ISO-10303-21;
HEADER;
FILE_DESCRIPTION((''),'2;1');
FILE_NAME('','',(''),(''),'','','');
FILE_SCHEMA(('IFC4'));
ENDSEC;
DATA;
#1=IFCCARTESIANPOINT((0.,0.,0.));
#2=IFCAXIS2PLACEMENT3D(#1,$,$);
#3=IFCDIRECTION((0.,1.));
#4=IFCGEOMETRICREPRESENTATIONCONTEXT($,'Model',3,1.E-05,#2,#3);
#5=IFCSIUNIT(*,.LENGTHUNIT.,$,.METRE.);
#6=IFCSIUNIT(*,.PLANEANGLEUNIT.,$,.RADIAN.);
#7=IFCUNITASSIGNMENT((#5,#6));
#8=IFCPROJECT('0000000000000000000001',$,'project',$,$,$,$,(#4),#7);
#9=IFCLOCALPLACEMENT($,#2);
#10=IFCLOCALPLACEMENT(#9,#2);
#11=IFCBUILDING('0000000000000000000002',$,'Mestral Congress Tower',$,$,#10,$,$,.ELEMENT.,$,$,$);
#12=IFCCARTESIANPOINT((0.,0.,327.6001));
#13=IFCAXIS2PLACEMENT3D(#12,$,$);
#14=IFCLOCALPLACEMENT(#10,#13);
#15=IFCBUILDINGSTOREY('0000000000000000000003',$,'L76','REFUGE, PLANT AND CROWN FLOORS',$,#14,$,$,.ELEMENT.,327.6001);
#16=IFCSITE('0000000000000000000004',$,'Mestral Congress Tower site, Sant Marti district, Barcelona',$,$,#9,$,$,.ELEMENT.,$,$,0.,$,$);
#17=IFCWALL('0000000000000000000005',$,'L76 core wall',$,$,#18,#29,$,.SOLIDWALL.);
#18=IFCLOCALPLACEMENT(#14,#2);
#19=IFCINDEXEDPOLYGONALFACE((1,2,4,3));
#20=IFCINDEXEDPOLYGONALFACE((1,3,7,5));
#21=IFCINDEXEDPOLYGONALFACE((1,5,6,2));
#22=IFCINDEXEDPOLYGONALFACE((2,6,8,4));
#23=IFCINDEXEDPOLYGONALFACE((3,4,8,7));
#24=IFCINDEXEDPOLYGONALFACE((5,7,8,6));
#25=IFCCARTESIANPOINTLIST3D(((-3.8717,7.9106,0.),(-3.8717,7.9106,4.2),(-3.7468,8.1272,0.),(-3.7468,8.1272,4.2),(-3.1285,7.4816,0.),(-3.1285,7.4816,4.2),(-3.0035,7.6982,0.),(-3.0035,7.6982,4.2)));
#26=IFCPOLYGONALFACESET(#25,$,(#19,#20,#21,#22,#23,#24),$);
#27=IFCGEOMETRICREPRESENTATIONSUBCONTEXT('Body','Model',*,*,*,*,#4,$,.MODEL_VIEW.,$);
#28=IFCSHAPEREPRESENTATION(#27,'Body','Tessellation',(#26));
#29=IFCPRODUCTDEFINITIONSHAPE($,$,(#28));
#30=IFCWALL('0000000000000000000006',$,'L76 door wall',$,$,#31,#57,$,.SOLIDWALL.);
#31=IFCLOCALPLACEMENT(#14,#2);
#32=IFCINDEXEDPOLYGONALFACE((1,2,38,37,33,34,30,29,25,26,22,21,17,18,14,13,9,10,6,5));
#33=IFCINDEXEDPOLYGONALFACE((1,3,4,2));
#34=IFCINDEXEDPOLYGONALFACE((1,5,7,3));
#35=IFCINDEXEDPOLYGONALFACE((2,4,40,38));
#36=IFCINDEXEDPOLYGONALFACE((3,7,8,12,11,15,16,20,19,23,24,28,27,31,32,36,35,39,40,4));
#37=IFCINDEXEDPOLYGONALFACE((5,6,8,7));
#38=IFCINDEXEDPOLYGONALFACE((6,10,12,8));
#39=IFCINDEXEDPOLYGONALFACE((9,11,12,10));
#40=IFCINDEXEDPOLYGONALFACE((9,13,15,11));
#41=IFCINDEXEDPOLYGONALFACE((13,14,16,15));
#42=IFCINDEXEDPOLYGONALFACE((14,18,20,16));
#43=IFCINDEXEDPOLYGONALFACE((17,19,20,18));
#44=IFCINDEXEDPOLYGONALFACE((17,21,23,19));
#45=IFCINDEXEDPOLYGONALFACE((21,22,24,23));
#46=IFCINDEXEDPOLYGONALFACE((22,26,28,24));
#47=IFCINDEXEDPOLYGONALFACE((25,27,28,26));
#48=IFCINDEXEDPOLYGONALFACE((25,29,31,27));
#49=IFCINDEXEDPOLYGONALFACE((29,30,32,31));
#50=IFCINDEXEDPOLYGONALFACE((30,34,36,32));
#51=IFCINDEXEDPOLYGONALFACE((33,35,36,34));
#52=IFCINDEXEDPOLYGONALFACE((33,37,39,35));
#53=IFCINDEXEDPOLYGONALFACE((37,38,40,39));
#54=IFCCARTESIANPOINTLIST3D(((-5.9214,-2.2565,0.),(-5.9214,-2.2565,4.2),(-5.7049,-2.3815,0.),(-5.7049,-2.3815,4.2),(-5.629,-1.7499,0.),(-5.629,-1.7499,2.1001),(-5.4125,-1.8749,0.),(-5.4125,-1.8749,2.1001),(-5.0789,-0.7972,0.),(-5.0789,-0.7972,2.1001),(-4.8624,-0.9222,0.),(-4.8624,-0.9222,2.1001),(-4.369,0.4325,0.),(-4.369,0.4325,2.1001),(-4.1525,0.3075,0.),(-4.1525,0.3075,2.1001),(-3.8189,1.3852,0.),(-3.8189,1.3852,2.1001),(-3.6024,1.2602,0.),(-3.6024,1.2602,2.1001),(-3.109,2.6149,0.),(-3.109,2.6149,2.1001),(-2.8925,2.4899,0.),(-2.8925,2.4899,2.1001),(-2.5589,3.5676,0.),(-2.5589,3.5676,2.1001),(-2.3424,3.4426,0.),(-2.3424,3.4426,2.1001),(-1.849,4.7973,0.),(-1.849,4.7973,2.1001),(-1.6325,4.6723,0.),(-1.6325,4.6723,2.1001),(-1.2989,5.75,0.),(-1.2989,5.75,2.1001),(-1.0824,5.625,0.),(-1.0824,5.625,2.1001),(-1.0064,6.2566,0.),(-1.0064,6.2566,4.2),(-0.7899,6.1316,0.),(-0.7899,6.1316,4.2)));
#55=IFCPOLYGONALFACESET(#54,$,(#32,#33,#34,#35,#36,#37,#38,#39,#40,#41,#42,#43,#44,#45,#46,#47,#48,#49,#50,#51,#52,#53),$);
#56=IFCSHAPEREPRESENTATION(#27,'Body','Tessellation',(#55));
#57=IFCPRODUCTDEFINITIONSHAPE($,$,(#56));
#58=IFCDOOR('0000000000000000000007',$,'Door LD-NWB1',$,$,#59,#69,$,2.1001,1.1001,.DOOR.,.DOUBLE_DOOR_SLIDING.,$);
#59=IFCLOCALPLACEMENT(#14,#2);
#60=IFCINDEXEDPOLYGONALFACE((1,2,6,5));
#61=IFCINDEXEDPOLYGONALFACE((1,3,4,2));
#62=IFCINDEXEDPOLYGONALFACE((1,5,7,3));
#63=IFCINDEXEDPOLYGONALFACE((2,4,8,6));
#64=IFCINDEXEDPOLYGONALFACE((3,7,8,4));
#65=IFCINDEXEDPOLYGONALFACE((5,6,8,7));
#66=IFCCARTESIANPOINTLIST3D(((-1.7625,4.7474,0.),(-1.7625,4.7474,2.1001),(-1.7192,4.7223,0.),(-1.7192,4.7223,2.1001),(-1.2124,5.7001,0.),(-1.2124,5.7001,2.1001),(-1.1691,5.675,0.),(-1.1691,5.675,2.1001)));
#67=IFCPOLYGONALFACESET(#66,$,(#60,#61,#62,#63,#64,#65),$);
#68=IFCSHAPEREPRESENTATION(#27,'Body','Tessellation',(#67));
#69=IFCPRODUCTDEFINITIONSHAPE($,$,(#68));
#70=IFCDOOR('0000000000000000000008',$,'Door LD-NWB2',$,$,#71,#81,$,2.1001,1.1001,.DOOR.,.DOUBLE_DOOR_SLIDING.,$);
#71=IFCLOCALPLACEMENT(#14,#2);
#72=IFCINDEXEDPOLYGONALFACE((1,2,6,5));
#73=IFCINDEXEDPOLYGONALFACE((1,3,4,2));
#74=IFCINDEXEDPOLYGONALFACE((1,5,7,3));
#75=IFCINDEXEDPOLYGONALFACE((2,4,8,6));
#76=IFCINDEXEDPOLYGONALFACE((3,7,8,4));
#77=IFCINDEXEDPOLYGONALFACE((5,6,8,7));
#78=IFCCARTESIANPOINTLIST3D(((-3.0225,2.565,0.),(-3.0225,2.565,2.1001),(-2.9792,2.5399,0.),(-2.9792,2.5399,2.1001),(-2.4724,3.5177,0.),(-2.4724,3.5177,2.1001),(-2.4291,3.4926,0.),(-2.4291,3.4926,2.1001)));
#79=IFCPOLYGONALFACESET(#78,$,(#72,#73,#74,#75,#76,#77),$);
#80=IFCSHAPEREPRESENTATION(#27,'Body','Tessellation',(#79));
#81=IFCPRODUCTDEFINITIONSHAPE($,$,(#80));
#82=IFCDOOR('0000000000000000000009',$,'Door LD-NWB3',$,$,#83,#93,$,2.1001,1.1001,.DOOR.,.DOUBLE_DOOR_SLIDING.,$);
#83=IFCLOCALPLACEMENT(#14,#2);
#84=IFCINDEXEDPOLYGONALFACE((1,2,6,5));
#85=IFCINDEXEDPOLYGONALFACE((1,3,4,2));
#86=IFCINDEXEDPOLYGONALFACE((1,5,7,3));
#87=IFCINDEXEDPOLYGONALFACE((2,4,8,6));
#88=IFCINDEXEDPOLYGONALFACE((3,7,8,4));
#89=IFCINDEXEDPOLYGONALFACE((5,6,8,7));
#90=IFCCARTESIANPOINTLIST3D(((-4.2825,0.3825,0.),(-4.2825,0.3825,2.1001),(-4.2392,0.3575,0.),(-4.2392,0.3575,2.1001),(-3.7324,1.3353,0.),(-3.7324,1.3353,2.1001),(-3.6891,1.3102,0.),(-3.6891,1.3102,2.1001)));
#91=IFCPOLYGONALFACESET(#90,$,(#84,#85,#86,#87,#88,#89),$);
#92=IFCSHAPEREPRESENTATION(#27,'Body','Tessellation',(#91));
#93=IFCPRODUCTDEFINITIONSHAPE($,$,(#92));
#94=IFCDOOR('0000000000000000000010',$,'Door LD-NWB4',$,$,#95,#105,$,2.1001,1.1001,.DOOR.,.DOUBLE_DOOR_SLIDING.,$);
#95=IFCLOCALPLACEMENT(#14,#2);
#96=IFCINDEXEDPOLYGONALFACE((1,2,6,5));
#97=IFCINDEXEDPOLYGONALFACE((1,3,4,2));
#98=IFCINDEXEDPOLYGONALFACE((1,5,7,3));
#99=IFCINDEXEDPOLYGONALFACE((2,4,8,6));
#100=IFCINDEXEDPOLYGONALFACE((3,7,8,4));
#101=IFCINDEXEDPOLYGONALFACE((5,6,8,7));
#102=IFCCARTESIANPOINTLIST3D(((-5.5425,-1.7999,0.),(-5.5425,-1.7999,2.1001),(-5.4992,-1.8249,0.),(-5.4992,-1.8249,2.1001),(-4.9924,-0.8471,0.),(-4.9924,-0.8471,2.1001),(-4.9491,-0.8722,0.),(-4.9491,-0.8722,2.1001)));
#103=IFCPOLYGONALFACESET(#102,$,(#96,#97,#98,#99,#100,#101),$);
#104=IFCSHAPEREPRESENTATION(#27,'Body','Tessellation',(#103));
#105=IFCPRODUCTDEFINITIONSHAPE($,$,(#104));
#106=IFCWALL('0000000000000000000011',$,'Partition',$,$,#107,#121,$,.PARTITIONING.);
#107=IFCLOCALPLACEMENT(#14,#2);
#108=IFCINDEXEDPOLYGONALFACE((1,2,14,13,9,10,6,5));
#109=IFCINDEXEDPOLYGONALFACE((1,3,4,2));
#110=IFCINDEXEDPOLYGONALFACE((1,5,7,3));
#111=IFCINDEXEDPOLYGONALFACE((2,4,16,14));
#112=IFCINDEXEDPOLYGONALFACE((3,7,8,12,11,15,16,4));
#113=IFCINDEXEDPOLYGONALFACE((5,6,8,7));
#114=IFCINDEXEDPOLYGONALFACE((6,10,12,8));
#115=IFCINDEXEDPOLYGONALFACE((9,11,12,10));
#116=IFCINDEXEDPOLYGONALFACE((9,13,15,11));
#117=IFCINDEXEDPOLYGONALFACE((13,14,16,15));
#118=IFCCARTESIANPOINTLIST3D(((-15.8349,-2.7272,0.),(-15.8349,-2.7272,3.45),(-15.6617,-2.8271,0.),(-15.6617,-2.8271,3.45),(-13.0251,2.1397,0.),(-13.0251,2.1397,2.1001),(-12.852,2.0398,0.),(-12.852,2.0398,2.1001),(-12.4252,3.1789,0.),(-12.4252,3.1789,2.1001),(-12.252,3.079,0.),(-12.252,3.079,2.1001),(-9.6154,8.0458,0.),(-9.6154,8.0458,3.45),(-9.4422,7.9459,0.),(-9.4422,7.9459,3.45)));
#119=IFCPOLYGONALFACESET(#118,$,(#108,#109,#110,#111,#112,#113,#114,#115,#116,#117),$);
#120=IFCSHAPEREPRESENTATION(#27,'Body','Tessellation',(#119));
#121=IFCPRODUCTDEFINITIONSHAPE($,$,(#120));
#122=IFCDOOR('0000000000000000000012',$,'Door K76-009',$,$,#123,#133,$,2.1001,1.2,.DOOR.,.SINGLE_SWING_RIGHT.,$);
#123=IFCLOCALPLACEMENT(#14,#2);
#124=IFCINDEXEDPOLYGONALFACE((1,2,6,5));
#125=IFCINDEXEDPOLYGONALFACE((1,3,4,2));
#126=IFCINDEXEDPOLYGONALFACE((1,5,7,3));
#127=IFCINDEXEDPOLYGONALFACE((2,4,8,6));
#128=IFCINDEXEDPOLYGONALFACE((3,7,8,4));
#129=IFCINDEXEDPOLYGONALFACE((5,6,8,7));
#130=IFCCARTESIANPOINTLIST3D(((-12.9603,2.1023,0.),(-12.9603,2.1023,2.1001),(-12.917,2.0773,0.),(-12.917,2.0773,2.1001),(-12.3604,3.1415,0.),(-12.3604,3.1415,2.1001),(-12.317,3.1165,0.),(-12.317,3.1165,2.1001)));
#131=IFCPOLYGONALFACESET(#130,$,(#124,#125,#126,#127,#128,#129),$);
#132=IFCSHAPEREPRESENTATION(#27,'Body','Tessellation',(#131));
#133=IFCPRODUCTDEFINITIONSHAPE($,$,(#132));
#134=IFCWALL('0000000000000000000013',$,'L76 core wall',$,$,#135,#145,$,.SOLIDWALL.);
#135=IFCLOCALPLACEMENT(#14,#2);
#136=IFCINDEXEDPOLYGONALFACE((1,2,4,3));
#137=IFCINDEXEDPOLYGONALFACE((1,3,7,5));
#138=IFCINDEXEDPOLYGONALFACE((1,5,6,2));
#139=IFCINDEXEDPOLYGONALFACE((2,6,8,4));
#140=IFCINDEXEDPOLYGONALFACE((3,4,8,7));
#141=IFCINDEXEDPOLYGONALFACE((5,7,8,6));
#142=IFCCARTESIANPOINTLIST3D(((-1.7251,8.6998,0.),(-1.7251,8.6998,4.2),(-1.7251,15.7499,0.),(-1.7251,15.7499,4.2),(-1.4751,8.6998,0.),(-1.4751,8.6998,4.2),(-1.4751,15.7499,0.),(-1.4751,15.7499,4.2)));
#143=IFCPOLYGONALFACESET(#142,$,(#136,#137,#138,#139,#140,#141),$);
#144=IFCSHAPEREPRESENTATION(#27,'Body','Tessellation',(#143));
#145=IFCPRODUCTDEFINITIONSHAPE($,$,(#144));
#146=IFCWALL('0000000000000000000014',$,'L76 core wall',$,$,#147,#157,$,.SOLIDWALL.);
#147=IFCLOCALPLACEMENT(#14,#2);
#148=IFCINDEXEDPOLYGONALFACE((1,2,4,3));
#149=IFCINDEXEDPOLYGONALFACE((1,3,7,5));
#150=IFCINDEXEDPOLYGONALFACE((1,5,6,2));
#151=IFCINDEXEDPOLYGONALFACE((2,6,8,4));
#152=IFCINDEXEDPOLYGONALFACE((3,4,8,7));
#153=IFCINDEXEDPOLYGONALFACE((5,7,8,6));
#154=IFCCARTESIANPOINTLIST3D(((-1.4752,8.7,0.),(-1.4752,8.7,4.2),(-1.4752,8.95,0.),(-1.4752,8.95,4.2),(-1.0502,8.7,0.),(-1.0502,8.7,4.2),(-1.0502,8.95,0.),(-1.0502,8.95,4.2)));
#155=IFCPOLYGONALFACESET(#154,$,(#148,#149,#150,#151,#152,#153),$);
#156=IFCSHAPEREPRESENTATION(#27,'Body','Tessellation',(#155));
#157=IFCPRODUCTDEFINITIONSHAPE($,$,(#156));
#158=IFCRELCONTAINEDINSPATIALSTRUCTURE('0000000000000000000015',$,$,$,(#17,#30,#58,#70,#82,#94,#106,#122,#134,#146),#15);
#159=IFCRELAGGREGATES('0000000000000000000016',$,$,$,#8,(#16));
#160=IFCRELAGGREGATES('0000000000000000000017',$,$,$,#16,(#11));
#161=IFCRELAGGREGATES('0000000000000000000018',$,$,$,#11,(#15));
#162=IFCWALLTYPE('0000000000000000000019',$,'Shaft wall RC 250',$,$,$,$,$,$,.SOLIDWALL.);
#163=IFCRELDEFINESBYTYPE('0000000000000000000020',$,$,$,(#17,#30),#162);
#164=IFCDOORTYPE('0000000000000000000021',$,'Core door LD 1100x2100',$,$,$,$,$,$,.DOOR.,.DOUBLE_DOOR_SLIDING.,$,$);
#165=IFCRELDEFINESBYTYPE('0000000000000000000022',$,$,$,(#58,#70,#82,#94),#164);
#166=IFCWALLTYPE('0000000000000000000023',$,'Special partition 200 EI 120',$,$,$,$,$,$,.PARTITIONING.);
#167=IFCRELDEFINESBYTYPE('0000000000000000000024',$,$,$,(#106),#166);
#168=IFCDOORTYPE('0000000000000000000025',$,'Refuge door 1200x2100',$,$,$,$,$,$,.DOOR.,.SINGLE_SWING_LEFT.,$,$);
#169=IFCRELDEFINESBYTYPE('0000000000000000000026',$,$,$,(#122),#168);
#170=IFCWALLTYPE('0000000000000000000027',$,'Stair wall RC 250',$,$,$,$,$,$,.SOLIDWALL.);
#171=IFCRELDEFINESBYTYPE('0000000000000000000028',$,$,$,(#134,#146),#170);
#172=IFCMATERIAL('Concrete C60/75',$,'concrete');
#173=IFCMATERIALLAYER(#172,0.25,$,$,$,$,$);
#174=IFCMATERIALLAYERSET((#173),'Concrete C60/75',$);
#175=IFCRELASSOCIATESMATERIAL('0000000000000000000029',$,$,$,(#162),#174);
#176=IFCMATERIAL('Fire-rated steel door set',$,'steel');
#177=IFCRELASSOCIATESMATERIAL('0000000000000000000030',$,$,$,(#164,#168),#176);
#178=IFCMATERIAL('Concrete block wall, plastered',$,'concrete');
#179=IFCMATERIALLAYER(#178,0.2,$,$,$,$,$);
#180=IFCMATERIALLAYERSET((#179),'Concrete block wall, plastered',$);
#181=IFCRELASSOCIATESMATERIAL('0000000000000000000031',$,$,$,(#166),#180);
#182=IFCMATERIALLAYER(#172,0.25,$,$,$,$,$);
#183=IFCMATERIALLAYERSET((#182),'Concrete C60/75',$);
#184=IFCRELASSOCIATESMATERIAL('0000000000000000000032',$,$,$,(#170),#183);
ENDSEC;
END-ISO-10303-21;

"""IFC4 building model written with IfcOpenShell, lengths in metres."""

from ifc_helpers import new_model, si_unit, direction, frame, frame_2d, origin, place, context, subcontext, project, spatial, rectangle, extrude, material, layer, layer_set, type_object, element, fill, save


model = new_model("IFC4")

# Units and contexts
model_context = context("Model", 3, precision=1e-05, world=origin(), true_north=direction((0.0, 1.0)))
body_context = subcontext(model_context, "Body", "Model", "MODEL_VIEW")
ifc_project = project(units=[si_unit("LENGTHUNIT", "METRE"), si_unit("PLANEANGLEUNIT", "RADIAN")], contexts=[model_context])

# Site, building, storey
site_placement = place(None, origin())
site = spatial("IfcSite", under=ifc_project, at=site_placement, Name="Mestral Congress Tower site, Sant Marti district, Barcelona", CompositionType="ELEMENT", RefElevation=0.0)
building_placement = place(site_placement, origin())
building = spatial("IfcBuilding", under=site, at=building_placement, Name="Mestral Congress Tower", CompositionType="ELEMENT")
storey_placement = place(building_placement, frame((0.0, 0.0, 327.6001)))
storey = spatial("IfcBuildingStorey", under=building, at=storey_placement, Name="L76", Description="REFUGE, PLANT AND CROWN FLOORS", CompositionType="ELEMENT", Elevation=327.6001)

# Shared definitions
ifc_material_1 = material(Name="Concrete C60/75", Category="concrete")

# Shared definitions
ifc_material_2 = material(Name="Fire-rated steel door set", Category="steel")

# Wall
ifc_layer_1 = layer(ifc_material_1, 0.25)
ifc_layer_set_1 = layer_set([ifc_layer_1], Name="Concrete C60/75")
wall_type_1 = type_object("IfcWallType", Name="Shaft wall RC 250", PredefinedType="SOLIDWALL", material=ifc_layer_set_1)
wall_1_placement = place(storey_placement, frame((-3.0659, 7.5898, 0.0), z_axis=(0.0, 0.0, 1.0), x_axis=(-0.866081, 0.499903, 0.0)))
element("IfcWall", 1, at=wall_1_placement, inside=storey, type_object=wall_type_1, Name="L76 core wall", PredefinedType="SOLIDWALL", context=body_context, shape_type="SweptSolid", body=[
    extrude(rectangle(XDim=0.8582, YDim=0.25, at=frame_2d((0.4292, 0.0))), origin(), (0.0, 0.0, 1.0), 4.2),
])

# Wall, openings, doors
wall_2_placement = place(storey_placement, frame((-0.8982, 6.1941, 0.0), z_axis=(0.0, 0.0, 1.0), x_axis=(-0.499996, -0.866028, 0.0)))
wall_2 = element("IfcWall", 2, at=wall_2_placement, inside=storey, type_object=wall_type_1, Name="L76 door wall", PredefinedType="SOLIDWALL", context=body_context, shape_type="SweptSolid", body=[
    extrude(rectangle(XDim=9.8301, YDim=0.25, at=frame_2d((4.915, 0.0))), origin(), (0.0, 0.0, 1.0), 4.2),
])
opening_1_placement = place(wall_2_placement, frame((0.585, 0.0, 0.0)))
opening_1 = element("IfcOpeningElement", 3, at=opening_1_placement, cuts=wall_2, PredefinedType="OPENING", context=body_context, shape_type="SweptSolid", body=[
    extrude(rectangle(XDim=1.1001, YDim=2.1001, at=frame_2d((0.55, 1.05))), frame((0.0, 0.135, 0.0), z_axis=(0.0, -1.0, 0.0), x_axis=(1.0, 0.0, 0.0)), (0.0, 0.0, 1.0), 0.27),
])
opening_2_placement = place(wall_2_placement, frame((3.105, 0.0, 0.0)))
opening_2 = element("IfcOpeningElement", 4, at=opening_2_placement, cuts=wall_2, PredefinedType="OPENING", context=body_context, shape_type="SweptSolid", body=[
    extrude(rectangle(XDim=1.1001, YDim=2.1001, at=frame_2d((0.55, 1.05))), frame((0.0, 0.135, 0.0), z_axis=(0.0, -1.0, 0.0), x_axis=(1.0, 0.0, 0.0)), (0.0, 0.0, 1.0), 0.27),
])
opening_3_placement = place(wall_2_placement, frame((5.625, 0.0, 0.0)))
opening_3 = element("IfcOpeningElement", 5, at=opening_3_placement, cuts=wall_2, PredefinedType="OPENING", context=body_context, shape_type="SweptSolid", body=[
    extrude(rectangle(XDim=1.1001, YDim=2.1001, at=frame_2d((0.55, 1.05))), frame((0.0, 0.135, 0.0), z_axis=(0.0, -1.0, 0.0), x_axis=(1.0, 0.0, 0.0)), (0.0, 0.0, 1.0), 0.27),
])
opening_4_placement = place(wall_2_placement, frame((8.145, 0.0, 0.0)))
opening_4 = element("IfcOpeningElement", 6, at=opening_4_placement, cuts=wall_2, PredefinedType="OPENING", context=body_context, shape_type="SweptSolid", body=[
    extrude(rectangle(XDim=1.1001, YDim=2.1001, at=frame_2d((0.55, 1.05))), frame((0.0, 0.135, 0.0), z_axis=(0.0, -1.0, 0.0), x_axis=(1.0, 0.0, 0.0)), (0.0, 0.0, 1.0), 0.27),
])
door_type_1 = type_object("IfcDoorType", Name="Core door LD 1100x2100", OperationType="DOUBLE_DOOR_SLIDING", PredefinedType="DOOR", material=ifc_material_2)
door_1_placement = place(opening_1_placement, origin())
door_1 = element("IfcDoor", 7, at=door_1_placement, inside=storey, type_object=door_type_1, Name="Door LD-NWB1", OperationType="DOUBLE_DOOR_SLIDING", OverallHeight=2.1001, OverallWidth=1.1001, PredefinedType="DOOR", context=body_context, shape_type="SweptSolid", body=[
    extrude(rectangle(XDim=1.1001, YDim=2.1001, at=frame_2d((0.55, 1.05))), frame((0.0, 0.0249, 0.0), z_axis=(0.0, -1.0, 0.0), x_axis=(1.0, 0.0, 0.0)), (0.0, 0.0, 1.0), 0.05),
])
fill(opening_1, door_1)
door_2_placement = place(opening_2_placement, origin())
door_2 = element("IfcDoor", 8, at=door_2_placement, inside=storey, type_object=door_type_1, Name="Door LD-NWB2", OperationType="DOUBLE_DOOR_SLIDING", OverallHeight=2.1001, OverallWidth=1.1001, PredefinedType="DOOR", context=body_context, shape_type="SweptSolid", body=[
    extrude(rectangle(XDim=1.1001, YDim=2.1001, at=frame_2d((0.55, 1.05))), frame((0.0, 0.0249, 0.0), z_axis=(0.0, -1.0, 0.0), x_axis=(1.0, 0.0, 0.0)), (0.0, 0.0, 1.0), 0.05),
])
fill(opening_2, door_2)
door_3_placement = place(opening_3_placement, origin())
door_3 = element("IfcDoor", 9, at=door_3_placement, inside=storey, type_object=door_type_1, Name="Door LD-NWB3", OperationType="DOUBLE_DOOR_SLIDING", OverallHeight=2.1001, OverallWidth=1.1001, PredefinedType="DOOR", context=body_context, shape_type="SweptSolid", body=[
    extrude(rectangle(XDim=1.1001, YDim=2.1001, at=frame_2d((0.55, 1.05))), frame((0.0, 0.0249, 0.0), z_axis=(0.0, -1.0, 0.0), x_axis=(1.0, 0.0, 0.0)), (0.0, 0.0, 1.0), 0.05),
])
fill(opening_3, door_3)
door_4_placement = place(opening_4_placement, origin())
door_4 = element("IfcDoor", 10, at=door_4_placement, inside=storey, type_object=door_type_1, Name="Door LD-NWB4", OperationType="DOUBLE_DOOR_SLIDING", OverallHeight=2.1001, OverallWidth=1.1001, PredefinedType="DOOR", context=body_context, shape_type="SweptSolid", body=[
    extrude(rectangle(XDim=1.1001, YDim=2.1001, at=frame_2d((0.55, 1.05))), frame((0.0, 0.0249, 0.0), z_axis=(0.0, -1.0, 0.0), x_axis=(1.0, 0.0, 0.0)), (0.0, 0.0, 1.0), 0.05),
])
fill(opening_4, door_4)

# Wall, opening, door
ifc_material_3 = material(Name="Concrete block wall, plastered", Category="concrete")
ifc_layer_2 = layer(ifc_material_3, 0.2)
ifc_layer_set_2 = layer_set([ifc_layer_2], Name="Concrete block wall, plastered")
wall_type_2 = type_object("IfcWallType", Name="Special partition 200 EI 120", PredefinedType="PARTITIONING", material=ifc_layer_set_2)
wall_3_placement = place(storey_placement, frame((-9.5288, 7.9958, 0.0), z_axis=(0.0, 0.0, 1.0), x_axis=(-0.499983, -0.866035, 0.0)))
wall_3 = element("IfcWall", 11, at=wall_3_placement, inside=storey, type_object=wall_type_2, Name="Partition", PredefinedType="PARTITIONING", context=body_context, shape_type="SweptSolid", body=[
    extrude(rectangle(XDim=12.4395, YDim=0.2, at=frame_2d((6.2197, 0.0))), origin(), (0.0, 0.0, 1.0), 3.45),
])
opening_5_placement = place(wall_3_placement, frame((5.6196, 0.0, 0.0)))
opening_5 = element("IfcOpeningElement", 12, at=opening_5_placement, cuts=wall_3, PredefinedType="OPENING", context=body_context, shape_type="SweptSolid", body=[
    extrude(rectangle(XDim=1.2, YDim=2.1001, at=frame_2d((0.6001, 1.05))), frame((0.0, 0.1099, 0.0), z_axis=(0.0, -1.0, 0.0), x_axis=(1.0, 0.0, 0.0)), (0.0, 0.0, 1.0), 0.22),
])
door_type_2 = type_object("IfcDoorType", Name="Refuge door 1200x2100", OperationType="SINGLE_SWING_LEFT", PredefinedType="DOOR", material=ifc_material_2)
door_5_placement = place(opening_5_placement, origin())
door_5 = element("IfcDoor", 13, at=door_5_placement, inside=storey, type_object=door_type_2, Name="Door K76-009", OperationType="SINGLE_SWING_RIGHT", OverallHeight=2.1001, OverallWidth=1.2, PredefinedType="DOOR", context=body_context, shape_type="SweptSolid", body=[
    extrude(rectangle(XDim=1.2, YDim=2.1001, at=frame_2d((0.6001, 1.05))), frame((0.0, 0.0249, 0.0), z_axis=(0.0, -1.0, 0.0), x_axis=(1.0, 0.0, 0.0)), (0.0, 0.0, 1.0), 0.05),
])
fill(opening_5, door_5)

# Walls
ifc_layer_3 = layer(ifc_material_1, 0.25)
ifc_layer_set_3 = layer_set([ifc_layer_3], Name="Concrete C60/75")
wall_type_3 = type_object("IfcWallType", Name="Stair wall RC 250", PredefinedType="SOLIDWALL", material=ifc_layer_set_3)
wall_4_placement = place(storey_placement, frame((-1.6001, 8.7, 0.0), z_axis=(0.0, 0.0, 1.0), x_axis=(0.0, 1.0, 0.0)))
element("IfcWall", 14, at=wall_4_placement, inside=storey, type_object=wall_type_3, Name="L76 core wall", PredefinedType="SOLIDWALL", context=body_context, shape_type="SweptSolid", body=[
    extrude(rectangle(XDim=7.05, YDim=0.25, at=frame_2d((3.5249, 0.0))), origin(), (0.0, 0.0, 1.0), 4.2),
])
wall_5_placement = place(storey_placement, frame((-1.4751, 8.825, 0.0), z_axis=(0.0, 0.0, 1.0), x_axis=(1.0, 0.0, 0.0)))
element("IfcWall", 15, at=wall_5_placement, inside=storey, type_object=wall_type_3, Name="L76 core wall", PredefinedType="SOLIDWALL", context=body_context, shape_type="SweptSolid", body=[
    extrude(rectangle(XDim=0.425, YDim=0.25, at=frame_2d((0.2124, 0.0))), origin(), (0.0, 0.0, 1.0), 4.2),
])

save(model, "model.ifc")
